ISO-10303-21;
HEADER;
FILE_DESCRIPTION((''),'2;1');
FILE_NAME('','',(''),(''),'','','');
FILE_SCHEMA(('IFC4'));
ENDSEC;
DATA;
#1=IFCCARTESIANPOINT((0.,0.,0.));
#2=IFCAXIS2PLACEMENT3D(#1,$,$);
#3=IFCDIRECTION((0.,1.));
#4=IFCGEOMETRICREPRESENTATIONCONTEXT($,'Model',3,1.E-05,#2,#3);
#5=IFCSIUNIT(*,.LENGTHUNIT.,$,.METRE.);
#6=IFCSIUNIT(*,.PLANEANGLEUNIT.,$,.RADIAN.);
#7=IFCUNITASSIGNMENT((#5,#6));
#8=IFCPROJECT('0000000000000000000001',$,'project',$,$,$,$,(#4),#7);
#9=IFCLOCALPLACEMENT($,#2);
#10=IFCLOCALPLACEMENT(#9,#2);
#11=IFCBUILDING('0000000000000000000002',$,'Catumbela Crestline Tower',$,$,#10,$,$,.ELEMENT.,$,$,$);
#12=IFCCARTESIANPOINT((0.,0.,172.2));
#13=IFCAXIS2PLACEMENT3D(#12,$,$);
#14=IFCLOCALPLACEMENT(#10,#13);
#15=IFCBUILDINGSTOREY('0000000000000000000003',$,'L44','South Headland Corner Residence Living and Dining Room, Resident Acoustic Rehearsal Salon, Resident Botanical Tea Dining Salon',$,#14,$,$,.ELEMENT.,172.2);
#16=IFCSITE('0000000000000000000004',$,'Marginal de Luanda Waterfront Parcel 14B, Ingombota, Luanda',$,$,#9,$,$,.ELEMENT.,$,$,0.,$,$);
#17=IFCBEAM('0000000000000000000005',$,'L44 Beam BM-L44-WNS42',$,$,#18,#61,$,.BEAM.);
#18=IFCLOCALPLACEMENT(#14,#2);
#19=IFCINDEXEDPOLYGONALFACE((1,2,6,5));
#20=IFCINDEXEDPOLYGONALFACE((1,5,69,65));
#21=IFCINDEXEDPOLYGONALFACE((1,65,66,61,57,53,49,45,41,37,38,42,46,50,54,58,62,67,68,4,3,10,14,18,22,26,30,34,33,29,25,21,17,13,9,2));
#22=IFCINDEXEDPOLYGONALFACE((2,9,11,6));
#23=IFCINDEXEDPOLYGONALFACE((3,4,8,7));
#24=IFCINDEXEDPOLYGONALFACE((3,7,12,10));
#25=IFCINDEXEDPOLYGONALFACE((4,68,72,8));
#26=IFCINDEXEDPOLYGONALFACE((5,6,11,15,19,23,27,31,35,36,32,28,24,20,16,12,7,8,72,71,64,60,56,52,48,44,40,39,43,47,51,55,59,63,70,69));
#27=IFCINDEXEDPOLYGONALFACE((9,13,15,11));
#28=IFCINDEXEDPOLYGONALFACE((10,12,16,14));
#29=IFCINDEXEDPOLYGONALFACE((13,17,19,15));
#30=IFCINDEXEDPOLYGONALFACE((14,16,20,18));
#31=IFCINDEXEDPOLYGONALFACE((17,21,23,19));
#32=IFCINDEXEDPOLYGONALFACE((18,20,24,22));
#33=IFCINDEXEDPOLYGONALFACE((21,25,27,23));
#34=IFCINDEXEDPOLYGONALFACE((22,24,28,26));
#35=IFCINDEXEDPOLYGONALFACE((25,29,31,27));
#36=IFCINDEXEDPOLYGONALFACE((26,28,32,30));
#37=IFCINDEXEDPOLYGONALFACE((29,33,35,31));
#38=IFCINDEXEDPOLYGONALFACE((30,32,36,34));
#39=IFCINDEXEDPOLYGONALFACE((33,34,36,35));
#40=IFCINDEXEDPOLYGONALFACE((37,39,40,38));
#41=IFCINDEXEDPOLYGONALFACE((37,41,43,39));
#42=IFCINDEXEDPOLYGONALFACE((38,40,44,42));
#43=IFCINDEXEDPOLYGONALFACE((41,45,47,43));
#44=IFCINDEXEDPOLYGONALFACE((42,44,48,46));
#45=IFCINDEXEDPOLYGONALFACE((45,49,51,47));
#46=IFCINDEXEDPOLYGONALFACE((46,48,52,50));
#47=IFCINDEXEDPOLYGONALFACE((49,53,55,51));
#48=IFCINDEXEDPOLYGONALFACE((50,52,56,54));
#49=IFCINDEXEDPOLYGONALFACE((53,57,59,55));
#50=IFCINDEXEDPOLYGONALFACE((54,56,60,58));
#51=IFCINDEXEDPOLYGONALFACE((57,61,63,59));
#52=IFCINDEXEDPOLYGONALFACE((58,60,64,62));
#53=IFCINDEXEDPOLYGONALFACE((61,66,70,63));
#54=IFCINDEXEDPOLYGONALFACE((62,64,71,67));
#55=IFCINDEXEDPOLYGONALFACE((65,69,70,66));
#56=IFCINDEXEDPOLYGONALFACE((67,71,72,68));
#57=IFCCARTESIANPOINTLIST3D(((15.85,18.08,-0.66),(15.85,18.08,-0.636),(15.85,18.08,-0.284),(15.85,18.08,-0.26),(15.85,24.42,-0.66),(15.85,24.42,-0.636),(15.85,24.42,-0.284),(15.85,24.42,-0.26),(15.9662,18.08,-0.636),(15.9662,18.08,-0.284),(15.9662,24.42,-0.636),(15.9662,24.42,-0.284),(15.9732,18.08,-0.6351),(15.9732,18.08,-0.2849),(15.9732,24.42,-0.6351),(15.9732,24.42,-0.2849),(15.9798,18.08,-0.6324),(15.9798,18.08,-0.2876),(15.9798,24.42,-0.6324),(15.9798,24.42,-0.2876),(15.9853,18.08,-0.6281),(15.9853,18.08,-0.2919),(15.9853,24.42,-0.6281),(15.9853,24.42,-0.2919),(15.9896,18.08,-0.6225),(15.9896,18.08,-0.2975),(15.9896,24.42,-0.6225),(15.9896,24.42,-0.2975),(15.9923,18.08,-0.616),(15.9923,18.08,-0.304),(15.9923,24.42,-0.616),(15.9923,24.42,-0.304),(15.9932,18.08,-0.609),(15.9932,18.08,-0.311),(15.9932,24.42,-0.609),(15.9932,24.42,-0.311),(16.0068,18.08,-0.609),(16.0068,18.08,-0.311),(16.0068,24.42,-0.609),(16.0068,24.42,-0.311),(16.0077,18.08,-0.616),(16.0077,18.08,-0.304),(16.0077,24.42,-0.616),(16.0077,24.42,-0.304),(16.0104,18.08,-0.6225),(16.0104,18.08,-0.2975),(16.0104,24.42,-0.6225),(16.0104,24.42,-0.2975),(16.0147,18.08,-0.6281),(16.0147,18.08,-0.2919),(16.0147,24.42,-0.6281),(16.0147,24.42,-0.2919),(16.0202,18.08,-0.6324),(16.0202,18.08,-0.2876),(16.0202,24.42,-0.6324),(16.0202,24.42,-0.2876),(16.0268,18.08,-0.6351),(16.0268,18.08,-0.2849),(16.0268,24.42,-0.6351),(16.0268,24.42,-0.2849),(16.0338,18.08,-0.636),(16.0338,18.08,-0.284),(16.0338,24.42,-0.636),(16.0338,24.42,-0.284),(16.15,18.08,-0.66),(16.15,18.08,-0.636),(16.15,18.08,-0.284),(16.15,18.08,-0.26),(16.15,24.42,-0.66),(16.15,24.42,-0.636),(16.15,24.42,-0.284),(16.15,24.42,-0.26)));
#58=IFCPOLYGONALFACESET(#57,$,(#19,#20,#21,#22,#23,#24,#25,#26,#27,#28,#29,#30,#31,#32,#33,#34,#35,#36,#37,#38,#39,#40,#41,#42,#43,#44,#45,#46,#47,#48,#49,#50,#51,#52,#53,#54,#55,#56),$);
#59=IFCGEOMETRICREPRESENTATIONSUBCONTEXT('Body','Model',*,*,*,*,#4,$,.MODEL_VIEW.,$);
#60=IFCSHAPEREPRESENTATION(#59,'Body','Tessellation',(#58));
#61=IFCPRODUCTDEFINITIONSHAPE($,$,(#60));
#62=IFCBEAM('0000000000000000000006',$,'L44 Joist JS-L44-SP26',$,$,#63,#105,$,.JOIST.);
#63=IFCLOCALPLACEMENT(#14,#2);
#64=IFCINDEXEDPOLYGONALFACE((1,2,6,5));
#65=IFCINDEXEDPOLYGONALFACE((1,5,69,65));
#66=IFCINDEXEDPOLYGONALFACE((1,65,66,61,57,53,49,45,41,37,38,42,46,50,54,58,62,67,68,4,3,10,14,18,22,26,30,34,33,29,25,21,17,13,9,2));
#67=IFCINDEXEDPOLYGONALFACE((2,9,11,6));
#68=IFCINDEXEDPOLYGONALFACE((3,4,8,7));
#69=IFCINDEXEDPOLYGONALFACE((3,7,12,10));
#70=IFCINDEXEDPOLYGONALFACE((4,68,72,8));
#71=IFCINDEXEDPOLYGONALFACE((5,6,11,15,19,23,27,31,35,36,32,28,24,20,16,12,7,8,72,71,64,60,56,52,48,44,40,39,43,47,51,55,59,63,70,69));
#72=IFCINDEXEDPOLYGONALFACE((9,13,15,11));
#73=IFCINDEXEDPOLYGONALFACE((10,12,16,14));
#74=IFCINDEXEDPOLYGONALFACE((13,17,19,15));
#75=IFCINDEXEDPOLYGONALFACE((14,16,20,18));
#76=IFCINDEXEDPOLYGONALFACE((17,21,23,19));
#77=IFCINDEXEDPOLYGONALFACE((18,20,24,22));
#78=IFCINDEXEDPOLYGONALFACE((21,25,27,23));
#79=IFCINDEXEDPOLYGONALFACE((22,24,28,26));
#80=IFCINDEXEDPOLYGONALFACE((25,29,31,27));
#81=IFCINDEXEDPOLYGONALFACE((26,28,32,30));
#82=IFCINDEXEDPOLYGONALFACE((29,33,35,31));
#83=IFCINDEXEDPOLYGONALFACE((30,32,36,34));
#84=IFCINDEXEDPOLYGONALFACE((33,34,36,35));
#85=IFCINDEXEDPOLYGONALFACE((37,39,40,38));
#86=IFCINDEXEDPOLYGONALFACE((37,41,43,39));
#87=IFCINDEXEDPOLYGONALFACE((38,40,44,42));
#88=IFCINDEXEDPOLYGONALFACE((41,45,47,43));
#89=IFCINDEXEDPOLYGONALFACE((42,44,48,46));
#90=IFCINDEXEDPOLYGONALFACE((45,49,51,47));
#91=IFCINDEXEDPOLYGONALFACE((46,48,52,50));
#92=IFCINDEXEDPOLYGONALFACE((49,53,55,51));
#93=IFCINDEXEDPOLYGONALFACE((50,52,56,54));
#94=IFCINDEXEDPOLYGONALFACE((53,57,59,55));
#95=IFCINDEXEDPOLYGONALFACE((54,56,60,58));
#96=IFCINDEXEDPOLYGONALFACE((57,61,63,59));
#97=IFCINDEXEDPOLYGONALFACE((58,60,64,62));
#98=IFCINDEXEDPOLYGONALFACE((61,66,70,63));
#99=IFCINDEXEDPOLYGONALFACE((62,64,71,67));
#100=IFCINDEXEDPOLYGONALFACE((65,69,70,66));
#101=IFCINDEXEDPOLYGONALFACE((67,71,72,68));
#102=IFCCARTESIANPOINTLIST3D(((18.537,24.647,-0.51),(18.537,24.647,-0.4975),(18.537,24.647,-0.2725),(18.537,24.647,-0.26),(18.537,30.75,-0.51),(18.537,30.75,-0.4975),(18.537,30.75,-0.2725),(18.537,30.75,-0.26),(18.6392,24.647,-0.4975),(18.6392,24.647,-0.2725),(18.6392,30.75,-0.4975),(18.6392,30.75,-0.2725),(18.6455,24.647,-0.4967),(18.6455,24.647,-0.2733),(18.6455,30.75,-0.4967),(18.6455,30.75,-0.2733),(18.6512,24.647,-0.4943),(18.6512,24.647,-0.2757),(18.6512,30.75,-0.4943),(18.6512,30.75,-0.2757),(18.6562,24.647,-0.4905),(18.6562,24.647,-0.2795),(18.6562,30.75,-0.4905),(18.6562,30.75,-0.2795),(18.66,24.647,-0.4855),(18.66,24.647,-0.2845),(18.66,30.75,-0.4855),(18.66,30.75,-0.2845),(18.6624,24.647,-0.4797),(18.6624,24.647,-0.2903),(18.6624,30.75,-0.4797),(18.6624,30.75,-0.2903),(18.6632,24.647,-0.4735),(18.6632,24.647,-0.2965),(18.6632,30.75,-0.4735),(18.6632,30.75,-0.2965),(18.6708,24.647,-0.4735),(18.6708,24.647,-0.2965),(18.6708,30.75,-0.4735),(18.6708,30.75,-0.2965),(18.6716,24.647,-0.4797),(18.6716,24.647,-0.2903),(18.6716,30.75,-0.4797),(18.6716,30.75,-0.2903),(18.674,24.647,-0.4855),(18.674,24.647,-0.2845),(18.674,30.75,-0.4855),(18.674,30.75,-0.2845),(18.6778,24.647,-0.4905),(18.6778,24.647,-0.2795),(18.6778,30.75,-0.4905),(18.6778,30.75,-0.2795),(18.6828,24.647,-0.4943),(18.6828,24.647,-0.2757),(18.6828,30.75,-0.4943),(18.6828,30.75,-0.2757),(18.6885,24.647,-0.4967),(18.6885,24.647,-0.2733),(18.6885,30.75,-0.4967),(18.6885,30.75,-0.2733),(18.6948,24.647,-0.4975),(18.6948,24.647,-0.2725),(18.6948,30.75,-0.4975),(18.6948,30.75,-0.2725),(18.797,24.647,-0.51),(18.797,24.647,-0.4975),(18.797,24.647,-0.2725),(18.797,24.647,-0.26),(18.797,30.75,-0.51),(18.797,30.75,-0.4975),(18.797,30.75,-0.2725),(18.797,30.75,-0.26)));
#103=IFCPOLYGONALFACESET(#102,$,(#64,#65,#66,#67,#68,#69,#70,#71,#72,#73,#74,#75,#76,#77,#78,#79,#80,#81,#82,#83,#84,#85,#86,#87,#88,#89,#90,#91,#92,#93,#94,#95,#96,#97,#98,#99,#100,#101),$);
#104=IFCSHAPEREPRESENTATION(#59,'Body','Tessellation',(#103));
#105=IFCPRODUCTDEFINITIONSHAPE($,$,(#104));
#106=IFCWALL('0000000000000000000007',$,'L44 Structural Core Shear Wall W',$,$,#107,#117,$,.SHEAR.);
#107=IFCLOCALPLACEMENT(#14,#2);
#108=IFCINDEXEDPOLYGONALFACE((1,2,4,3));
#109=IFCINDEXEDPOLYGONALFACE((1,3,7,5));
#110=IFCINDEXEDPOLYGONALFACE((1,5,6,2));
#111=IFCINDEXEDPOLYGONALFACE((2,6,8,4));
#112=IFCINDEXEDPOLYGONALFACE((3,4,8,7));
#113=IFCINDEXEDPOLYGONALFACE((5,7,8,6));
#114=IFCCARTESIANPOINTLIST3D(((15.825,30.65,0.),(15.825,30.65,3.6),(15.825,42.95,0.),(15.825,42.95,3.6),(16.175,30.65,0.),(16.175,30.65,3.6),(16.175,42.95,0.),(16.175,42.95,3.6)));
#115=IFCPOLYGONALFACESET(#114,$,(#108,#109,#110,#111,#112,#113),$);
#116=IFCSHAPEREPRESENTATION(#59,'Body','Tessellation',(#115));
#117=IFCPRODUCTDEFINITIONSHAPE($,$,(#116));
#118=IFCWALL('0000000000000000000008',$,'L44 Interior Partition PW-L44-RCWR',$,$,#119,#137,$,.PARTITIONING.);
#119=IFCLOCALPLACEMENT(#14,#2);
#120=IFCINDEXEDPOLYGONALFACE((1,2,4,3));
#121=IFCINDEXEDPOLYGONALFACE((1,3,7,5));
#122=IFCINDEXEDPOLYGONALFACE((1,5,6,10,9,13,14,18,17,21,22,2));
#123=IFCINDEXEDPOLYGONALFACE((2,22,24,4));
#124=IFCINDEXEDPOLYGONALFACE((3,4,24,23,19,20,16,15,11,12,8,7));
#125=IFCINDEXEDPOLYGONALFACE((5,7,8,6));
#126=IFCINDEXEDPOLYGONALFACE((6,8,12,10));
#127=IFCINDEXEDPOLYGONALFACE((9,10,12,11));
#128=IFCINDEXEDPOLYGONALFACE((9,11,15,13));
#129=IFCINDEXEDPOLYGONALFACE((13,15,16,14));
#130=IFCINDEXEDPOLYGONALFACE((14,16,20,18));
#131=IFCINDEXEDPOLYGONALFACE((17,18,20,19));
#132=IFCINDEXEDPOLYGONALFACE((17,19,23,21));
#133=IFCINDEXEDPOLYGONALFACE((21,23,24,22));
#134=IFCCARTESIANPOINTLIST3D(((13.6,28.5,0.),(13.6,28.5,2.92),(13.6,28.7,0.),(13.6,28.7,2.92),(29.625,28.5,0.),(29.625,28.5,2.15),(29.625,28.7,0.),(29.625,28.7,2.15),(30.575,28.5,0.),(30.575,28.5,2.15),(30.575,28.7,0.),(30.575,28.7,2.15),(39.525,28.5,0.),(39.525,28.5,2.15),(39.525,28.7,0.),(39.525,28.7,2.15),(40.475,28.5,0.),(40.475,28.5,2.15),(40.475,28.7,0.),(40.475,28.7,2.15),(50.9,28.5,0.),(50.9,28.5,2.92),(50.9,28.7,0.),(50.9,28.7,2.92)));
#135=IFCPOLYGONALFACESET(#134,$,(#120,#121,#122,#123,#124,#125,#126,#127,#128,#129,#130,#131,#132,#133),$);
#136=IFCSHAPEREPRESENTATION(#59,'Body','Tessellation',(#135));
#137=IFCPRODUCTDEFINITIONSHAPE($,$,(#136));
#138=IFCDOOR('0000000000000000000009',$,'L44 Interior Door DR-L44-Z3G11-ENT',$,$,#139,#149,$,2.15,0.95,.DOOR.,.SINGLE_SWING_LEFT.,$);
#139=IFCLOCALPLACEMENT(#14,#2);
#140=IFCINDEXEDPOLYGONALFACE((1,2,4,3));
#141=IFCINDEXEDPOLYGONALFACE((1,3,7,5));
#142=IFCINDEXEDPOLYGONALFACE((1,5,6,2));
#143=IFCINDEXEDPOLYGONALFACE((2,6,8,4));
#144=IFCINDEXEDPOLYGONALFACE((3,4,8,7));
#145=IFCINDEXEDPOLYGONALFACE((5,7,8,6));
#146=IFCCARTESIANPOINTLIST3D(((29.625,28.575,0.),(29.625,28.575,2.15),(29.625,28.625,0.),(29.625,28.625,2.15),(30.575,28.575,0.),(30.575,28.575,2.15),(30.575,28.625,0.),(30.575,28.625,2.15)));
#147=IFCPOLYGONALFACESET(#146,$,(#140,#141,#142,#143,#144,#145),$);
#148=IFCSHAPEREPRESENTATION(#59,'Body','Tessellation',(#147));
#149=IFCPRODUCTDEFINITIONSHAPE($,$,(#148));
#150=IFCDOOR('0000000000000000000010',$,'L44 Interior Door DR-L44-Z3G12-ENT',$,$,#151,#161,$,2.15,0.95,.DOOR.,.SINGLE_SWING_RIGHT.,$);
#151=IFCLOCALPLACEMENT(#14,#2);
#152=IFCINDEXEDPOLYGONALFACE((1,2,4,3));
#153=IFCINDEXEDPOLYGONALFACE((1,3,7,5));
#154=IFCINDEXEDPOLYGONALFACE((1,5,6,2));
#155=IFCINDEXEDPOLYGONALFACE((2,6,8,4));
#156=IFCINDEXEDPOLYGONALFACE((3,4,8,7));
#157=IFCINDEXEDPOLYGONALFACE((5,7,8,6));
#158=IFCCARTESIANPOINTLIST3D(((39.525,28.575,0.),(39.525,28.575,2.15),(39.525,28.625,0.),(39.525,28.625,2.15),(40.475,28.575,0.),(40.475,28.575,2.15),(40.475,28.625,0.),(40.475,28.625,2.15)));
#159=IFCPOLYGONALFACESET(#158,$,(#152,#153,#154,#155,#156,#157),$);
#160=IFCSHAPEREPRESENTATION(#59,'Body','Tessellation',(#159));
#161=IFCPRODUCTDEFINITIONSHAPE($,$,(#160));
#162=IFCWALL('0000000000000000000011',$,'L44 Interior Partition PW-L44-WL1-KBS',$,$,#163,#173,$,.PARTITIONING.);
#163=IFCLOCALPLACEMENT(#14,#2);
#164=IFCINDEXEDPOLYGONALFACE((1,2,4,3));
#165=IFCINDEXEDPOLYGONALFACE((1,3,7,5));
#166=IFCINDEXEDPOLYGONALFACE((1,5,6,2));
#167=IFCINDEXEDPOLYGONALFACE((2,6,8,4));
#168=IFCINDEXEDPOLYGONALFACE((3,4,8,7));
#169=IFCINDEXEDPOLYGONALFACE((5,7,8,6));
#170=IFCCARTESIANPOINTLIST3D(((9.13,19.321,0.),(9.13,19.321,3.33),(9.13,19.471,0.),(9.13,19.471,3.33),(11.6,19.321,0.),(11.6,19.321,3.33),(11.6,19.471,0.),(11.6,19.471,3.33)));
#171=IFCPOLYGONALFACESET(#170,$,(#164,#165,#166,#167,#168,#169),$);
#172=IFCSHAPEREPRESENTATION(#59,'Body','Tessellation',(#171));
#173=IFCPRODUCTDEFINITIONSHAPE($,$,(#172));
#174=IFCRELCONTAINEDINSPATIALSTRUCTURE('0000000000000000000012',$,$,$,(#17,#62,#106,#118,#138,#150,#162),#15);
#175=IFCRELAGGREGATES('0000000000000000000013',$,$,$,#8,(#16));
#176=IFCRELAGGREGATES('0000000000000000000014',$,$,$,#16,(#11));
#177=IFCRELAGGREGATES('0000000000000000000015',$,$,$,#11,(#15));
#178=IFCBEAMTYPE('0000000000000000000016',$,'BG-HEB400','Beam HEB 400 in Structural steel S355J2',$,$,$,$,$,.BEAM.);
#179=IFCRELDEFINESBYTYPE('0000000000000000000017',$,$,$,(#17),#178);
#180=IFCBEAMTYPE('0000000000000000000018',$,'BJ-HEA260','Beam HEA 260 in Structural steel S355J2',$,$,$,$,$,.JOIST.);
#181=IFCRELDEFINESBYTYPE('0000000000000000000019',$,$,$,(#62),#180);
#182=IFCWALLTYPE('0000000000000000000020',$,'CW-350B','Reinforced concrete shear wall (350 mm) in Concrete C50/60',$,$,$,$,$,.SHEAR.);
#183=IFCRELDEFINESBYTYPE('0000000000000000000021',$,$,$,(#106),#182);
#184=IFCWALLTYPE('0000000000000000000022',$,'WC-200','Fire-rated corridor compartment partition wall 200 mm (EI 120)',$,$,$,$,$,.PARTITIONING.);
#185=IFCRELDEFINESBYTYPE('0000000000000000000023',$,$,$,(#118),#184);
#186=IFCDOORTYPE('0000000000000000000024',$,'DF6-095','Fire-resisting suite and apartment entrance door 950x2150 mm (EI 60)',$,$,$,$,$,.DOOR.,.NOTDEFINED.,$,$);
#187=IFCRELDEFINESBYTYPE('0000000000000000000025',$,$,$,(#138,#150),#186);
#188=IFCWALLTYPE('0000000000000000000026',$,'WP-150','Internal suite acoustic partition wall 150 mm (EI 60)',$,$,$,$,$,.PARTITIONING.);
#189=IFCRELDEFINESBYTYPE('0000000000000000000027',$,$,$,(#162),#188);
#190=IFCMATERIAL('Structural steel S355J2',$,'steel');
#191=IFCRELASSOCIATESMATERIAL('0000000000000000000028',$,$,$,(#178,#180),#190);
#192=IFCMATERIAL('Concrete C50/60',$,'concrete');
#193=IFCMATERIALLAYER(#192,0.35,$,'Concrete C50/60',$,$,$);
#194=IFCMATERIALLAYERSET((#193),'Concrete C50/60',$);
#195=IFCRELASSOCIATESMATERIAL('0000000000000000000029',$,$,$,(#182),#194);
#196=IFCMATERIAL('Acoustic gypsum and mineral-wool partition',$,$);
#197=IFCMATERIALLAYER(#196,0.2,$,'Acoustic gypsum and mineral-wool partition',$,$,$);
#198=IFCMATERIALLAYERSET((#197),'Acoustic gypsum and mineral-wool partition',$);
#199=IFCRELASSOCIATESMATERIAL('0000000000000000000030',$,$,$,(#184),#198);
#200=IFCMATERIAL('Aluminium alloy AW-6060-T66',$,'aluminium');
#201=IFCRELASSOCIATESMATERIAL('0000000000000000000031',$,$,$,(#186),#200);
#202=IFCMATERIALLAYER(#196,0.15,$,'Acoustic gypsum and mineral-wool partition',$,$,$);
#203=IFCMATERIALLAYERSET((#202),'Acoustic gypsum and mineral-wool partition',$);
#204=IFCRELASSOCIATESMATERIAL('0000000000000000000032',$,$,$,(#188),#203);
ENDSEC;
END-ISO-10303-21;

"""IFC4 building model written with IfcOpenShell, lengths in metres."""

from ifc_helpers import new_model, si_unit, direction, frame, frame_2d, origin, origin_2d, place, context, subcontext, project, spatial, rectangle, i_section, extrude, material, layer, layer_set, material_profile, profile_set, type_object, element, fill, save


model = new_model("IFC4")

# Units and contexts
model_context = context("Model", 3, precision=1e-05, world=origin(), true_north=direction((0.0, 1.0)))
body_context = subcontext(model_context, "Body", "Model", "MODEL_VIEW")
ifc_project = project(units=[si_unit("LENGTHUNIT", "METRE"), si_unit("PLANEANGLEUNIT", "RADIAN")], contexts=[model_context])

# Site, building, storey
site_placement = place(None, origin())
site = spatial("IfcSite", under=ifc_project, at=site_placement, Name="Marginal de Luanda Waterfront Parcel 14B, Ingombota, Luanda", CompositionType="ELEMENT", RefElevation=0.0)
building_placement = place(site_placement, origin())
building = spatial("IfcBuilding", under=site, at=building_placement, Name="Catumbela Crestline Tower", CompositionType="ELEMENT")
storey_placement = place(building_placement, frame((0.0, 0.0, 172.2)))
storey = spatial("IfcBuildingStorey", under=building, at=storey_placement, Name="L44", Description="South Headland Corner Residence Living and Dining Room, Resident Acoustic Rehearsal Salon, Resident Botanical Tea Dining Salon", CompositionType="ELEMENT", Elevation=172.2)

# Shared definitions
ifc_material_1 = material(Name="Concrete C50/60", Category="concrete")

# Beams
ifc_material_2 = material(Name="Structural steel S355J2", Category="steel")
ifc_material_profile_1 = material_profile(ifc_material_2, i_section(OverallWidth=0.3, OverallDepth=0.4, WebThickness=0.0135, FlangeThickness=0.024, FilletRadius=0.027, at=origin_2d()), Name="HEB 400")
ifc_profile_set_1 = profile_set([ifc_material_profile_1], Name="Structural steel S355J2")
beam_type_1 = type_object("IfcBeamType", Name="BG-HEB400", Description="Beam HEB 400 in Structural steel S355J2", PredefinedType="BEAM", material=ifc_profile_set_1)
beam_1_placement = place(storey_placement, frame((16.0, 18.08, -0.46), z_axis=(0.0, 1.0, 0.0), x_axis=(-1.0, 0.0, 0.0)))
element("IfcBeam", 1, at=beam_1_placement, inside=storey, type_object=beam_type_1, Name="L44 Beam BM-L44-WNS42", PredefinedType="BEAM", context=body_context, shape_type="SweptSolid", body=[
    extrude(i_section(OverallWidth=0.3, OverallDepth=0.4, WebThickness=0.0135, FlangeThickness=0.024, FilletRadius=0.027, at=origin_2d()), origin(), (0.0, 0.0, 1.0), 6.34),
])
ifc_material_profile_2 = material_profile(ifc_material_2, i_section(OverallWidth=0.26, OverallDepth=0.25, WebThickness=0.0075, FlangeThickness=0.0125, FilletRadius=0.024, at=origin_2d()), Name="HEA 260")
ifc_profile_set_2 = profile_set([ifc_material_profile_2], Name="Structural steel S355J2")
beam_type_2 = type_object("IfcBeamType", Name="BJ-HEA260", Description="Beam HEA 260 in Structural steel S355J2", PredefinedType="JOIST", material=ifc_profile_set_2)
beam_2_placement = place(storey_placement, frame((18.667, 24.647, -0.385), z_axis=(0.0, 1.0, 0.0), x_axis=(-1.0, 0.0, 0.0)))
element("IfcBeam", 2, at=beam_2_placement, inside=storey, type_object=beam_type_2, Name="L44 Joist JS-L44-SP26", PredefinedType="JOIST", context=body_context, shape_type="SweptSolid", body=[
    extrude(i_section(OverallWidth=0.26, OverallDepth=0.25, WebThickness=0.0075, FlangeThickness=0.0125, FilletRadius=0.024, at=origin_2d()), origin(), (0.0, 0.0, 1.0), 6.103),
])

# Wall
ifc_layer_1 = layer(ifc_material_1, 0.35, Name="Concrete C50/60")
ifc_layer_set_1 = layer_set([ifc_layer_1], Name="Concrete C50/60")
wall_type_1 = type_object("IfcWallType", Name="CW-350B", Description="Reinforced concrete shear wall (350 mm) in Concrete C50/60", PredefinedType="SHEAR", material=ifc_layer_set_1)
wall_1_placement = place(storey_placement, frame((16.0, 30.65, 0.0), z_axis=(0.0, 0.0, 1.0), x_axis=(0.0, 1.0, 0.0)))
element("IfcWall", 3, at=wall_1_placement, inside=storey, type_object=wall_type_1, Name="L44 Structural Core Shear Wall W", PredefinedType="SHEAR", context=body_context, shape_type="SweptSolid", body=[
    extrude(rectangle(XDim=12.3, YDim=0.35, at=frame_2d((6.15, 0.0))), origin(), (0.0, 0.0, 1.0), 3.6),
])

# Wall, openings, doors
ifc_material_3 = material(Name="Acoustic gypsum and mineral-wool partition")
ifc_layer_2 = layer(ifc_material_3, 0.2, Name="Acoustic gypsum and mineral-wool partition")
ifc_layer_set_2 = layer_set([ifc_layer_2], Name="Acoustic gypsum and mineral-wool partition")
wall_type_2 = type_object("IfcWallType", Name="WC-200", Description="Fire-rated corridor compartment partition wall 200 mm (EI 120)", PredefinedType="PARTITIONING", material=ifc_layer_set_2)
wall_2_placement = place(storey_placement, frame((13.6, 28.6, 0.0), z_axis=(0.0, 0.0, 1.0), x_axis=(1.0, 0.0, 0.0)))
wall_2 = element("IfcWall", 4, at=wall_2_placement, inside=storey, type_object=wall_type_2, Name="L44 Interior Partition PW-L44-RCWR", PredefinedType="PARTITIONING", context=body_context, shape_type="SweptSolid", body=[
    extrude(rectangle(XDim=37.3, YDim=0.2, at=frame_2d((18.65, 0.0))), origin(), (0.0, 0.0, 1.0), 2.92),
])
opening_1_placement = place(wall_2_placement, frame((16.025, 0.0, 0.0)))
opening_1 = element("IfcOpeningElement", 5, at=opening_1_placement, cuts=wall_2, PredefinedType="OPENING", context=body_context, shape_type="SweptSolid", body=[
    extrude(rectangle(XDim=0.95, YDim=2.15, at=frame_2d((0.475, 1.075))), frame((0.0, 0.11, 0.0), z_axis=(0.0, -1.0, 0.0), x_axis=(1.0, 0.0, 0.0)), (0.0, 0.0, 1.0), 0.22),
])
opening_2_placement = place(wall_2_placement, frame((25.925, 0.0, 0.0)))
opening_2 = element("IfcOpeningElement", 6, at=opening_2_placement, cuts=wall_2, PredefinedType="OPENING", context=body_context, shape_type="SweptSolid", body=[
    extrude(rectangle(XDim=0.95, YDim=2.15, at=frame_2d((0.475, 1.075))), frame((0.0, 0.11, 0.0), z_axis=(0.0, -1.0, 0.0), x_axis=(1.0, 0.0, 0.0)), (0.0, 0.0, 1.0), 0.22),
])
ifc_material_4 = material(Name="Aluminium alloy AW-6060-T66", Category="aluminium")
door_type_1 = type_object("IfcDoorType", Name="DF6-095", Description="Fire-resisting suite and apartment entrance door 950x2150 mm (EI 60)", OperationType="NOTDEFINED", PredefinedType="DOOR", material=ifc_material_4)
door_1_placement = place(opening_1_placement, origin())
door_1 = element("IfcDoor", 7, at=door_1_placement, inside=storey, type_object=door_type_1, Name="L44 Interior Door DR-L44-Z3G11-ENT", OperationType="SINGLE_SWING_LEFT", OverallHeight=2.15, OverallWidth=0.95, PredefinedType="DOOR", context=body_context, shape_type="SweptSolid", body=[
    extrude(rectangle(XDim=0.95, YDim=2.15, at=frame_2d((0.475, 1.075))), frame((0.0, 0.025, 0.0), z_axis=(0.0, -1.0, 0.0), x_axis=(1.0, 0.0, 0.0)), (0.0, 0.0, 1.0), 0.05),
])
fill(opening_1, door_1)
door_2_placement = place(opening_2_placement, origin())
door_2 = element("IfcDoor", 8, at=door_2_placement, inside=storey, type_object=door_type_1, Name="L44 Interior Door DR-L44-Z3G12-ENT", OperationType="SINGLE_SWING_RIGHT", OverallHeight=2.15, OverallWidth=0.95, PredefinedType="DOOR", context=body_context, shape_type="SweptSolid", body=[
    extrude(rectangle(XDim=0.95, YDim=2.15, at=frame_2d((0.475, 1.075))), frame((0.0, 0.025, 0.0), z_axis=(0.0, -1.0, 0.0), x_axis=(1.0, 0.0, 0.0)), (0.0, 0.0, 1.0), 0.05),
])
fill(opening_2, door_2)

# Wall
ifc_layer_3 = layer(ifc_material_3, 0.15, Name="Acoustic gypsum and mineral-wool partition")
ifc_layer_set_3 = layer_set([ifc_layer_3], Name="Acoustic gypsum and mineral-wool partition")
wall_type_3 = type_object("IfcWallType", Name="WP-150", Description="Internal suite acoustic partition wall 150 mm (EI 60)", PredefinedType="PARTITIONING", material=ifc_layer_set_3)
for number, where, z_axis, x_axis, name in (
    (9, (9.13, 19.396, 0.0), (0.0, 0.0, 1.0), (1.0, 0.0, 0.0), "L44 Interior Partition PW-L44-WL1-KBS"),
):
    element("IfcWall", number, at=place(storey_placement, frame(where, z_axis=z_axis, x_axis=x_axis)), inside=storey, type_object=wall_type_3, Name=name, PredefinedType="PARTITIONING", context=body_context, shape_type="SweptSolid", body=[
        extrude(rectangle(XDim=2.47, YDim=0.15, at=frame_2d((1.235, 0.0))), origin(), (0.0, 0.0, 1.0), 3.33),
    ])

save(model, "model.ifc")
